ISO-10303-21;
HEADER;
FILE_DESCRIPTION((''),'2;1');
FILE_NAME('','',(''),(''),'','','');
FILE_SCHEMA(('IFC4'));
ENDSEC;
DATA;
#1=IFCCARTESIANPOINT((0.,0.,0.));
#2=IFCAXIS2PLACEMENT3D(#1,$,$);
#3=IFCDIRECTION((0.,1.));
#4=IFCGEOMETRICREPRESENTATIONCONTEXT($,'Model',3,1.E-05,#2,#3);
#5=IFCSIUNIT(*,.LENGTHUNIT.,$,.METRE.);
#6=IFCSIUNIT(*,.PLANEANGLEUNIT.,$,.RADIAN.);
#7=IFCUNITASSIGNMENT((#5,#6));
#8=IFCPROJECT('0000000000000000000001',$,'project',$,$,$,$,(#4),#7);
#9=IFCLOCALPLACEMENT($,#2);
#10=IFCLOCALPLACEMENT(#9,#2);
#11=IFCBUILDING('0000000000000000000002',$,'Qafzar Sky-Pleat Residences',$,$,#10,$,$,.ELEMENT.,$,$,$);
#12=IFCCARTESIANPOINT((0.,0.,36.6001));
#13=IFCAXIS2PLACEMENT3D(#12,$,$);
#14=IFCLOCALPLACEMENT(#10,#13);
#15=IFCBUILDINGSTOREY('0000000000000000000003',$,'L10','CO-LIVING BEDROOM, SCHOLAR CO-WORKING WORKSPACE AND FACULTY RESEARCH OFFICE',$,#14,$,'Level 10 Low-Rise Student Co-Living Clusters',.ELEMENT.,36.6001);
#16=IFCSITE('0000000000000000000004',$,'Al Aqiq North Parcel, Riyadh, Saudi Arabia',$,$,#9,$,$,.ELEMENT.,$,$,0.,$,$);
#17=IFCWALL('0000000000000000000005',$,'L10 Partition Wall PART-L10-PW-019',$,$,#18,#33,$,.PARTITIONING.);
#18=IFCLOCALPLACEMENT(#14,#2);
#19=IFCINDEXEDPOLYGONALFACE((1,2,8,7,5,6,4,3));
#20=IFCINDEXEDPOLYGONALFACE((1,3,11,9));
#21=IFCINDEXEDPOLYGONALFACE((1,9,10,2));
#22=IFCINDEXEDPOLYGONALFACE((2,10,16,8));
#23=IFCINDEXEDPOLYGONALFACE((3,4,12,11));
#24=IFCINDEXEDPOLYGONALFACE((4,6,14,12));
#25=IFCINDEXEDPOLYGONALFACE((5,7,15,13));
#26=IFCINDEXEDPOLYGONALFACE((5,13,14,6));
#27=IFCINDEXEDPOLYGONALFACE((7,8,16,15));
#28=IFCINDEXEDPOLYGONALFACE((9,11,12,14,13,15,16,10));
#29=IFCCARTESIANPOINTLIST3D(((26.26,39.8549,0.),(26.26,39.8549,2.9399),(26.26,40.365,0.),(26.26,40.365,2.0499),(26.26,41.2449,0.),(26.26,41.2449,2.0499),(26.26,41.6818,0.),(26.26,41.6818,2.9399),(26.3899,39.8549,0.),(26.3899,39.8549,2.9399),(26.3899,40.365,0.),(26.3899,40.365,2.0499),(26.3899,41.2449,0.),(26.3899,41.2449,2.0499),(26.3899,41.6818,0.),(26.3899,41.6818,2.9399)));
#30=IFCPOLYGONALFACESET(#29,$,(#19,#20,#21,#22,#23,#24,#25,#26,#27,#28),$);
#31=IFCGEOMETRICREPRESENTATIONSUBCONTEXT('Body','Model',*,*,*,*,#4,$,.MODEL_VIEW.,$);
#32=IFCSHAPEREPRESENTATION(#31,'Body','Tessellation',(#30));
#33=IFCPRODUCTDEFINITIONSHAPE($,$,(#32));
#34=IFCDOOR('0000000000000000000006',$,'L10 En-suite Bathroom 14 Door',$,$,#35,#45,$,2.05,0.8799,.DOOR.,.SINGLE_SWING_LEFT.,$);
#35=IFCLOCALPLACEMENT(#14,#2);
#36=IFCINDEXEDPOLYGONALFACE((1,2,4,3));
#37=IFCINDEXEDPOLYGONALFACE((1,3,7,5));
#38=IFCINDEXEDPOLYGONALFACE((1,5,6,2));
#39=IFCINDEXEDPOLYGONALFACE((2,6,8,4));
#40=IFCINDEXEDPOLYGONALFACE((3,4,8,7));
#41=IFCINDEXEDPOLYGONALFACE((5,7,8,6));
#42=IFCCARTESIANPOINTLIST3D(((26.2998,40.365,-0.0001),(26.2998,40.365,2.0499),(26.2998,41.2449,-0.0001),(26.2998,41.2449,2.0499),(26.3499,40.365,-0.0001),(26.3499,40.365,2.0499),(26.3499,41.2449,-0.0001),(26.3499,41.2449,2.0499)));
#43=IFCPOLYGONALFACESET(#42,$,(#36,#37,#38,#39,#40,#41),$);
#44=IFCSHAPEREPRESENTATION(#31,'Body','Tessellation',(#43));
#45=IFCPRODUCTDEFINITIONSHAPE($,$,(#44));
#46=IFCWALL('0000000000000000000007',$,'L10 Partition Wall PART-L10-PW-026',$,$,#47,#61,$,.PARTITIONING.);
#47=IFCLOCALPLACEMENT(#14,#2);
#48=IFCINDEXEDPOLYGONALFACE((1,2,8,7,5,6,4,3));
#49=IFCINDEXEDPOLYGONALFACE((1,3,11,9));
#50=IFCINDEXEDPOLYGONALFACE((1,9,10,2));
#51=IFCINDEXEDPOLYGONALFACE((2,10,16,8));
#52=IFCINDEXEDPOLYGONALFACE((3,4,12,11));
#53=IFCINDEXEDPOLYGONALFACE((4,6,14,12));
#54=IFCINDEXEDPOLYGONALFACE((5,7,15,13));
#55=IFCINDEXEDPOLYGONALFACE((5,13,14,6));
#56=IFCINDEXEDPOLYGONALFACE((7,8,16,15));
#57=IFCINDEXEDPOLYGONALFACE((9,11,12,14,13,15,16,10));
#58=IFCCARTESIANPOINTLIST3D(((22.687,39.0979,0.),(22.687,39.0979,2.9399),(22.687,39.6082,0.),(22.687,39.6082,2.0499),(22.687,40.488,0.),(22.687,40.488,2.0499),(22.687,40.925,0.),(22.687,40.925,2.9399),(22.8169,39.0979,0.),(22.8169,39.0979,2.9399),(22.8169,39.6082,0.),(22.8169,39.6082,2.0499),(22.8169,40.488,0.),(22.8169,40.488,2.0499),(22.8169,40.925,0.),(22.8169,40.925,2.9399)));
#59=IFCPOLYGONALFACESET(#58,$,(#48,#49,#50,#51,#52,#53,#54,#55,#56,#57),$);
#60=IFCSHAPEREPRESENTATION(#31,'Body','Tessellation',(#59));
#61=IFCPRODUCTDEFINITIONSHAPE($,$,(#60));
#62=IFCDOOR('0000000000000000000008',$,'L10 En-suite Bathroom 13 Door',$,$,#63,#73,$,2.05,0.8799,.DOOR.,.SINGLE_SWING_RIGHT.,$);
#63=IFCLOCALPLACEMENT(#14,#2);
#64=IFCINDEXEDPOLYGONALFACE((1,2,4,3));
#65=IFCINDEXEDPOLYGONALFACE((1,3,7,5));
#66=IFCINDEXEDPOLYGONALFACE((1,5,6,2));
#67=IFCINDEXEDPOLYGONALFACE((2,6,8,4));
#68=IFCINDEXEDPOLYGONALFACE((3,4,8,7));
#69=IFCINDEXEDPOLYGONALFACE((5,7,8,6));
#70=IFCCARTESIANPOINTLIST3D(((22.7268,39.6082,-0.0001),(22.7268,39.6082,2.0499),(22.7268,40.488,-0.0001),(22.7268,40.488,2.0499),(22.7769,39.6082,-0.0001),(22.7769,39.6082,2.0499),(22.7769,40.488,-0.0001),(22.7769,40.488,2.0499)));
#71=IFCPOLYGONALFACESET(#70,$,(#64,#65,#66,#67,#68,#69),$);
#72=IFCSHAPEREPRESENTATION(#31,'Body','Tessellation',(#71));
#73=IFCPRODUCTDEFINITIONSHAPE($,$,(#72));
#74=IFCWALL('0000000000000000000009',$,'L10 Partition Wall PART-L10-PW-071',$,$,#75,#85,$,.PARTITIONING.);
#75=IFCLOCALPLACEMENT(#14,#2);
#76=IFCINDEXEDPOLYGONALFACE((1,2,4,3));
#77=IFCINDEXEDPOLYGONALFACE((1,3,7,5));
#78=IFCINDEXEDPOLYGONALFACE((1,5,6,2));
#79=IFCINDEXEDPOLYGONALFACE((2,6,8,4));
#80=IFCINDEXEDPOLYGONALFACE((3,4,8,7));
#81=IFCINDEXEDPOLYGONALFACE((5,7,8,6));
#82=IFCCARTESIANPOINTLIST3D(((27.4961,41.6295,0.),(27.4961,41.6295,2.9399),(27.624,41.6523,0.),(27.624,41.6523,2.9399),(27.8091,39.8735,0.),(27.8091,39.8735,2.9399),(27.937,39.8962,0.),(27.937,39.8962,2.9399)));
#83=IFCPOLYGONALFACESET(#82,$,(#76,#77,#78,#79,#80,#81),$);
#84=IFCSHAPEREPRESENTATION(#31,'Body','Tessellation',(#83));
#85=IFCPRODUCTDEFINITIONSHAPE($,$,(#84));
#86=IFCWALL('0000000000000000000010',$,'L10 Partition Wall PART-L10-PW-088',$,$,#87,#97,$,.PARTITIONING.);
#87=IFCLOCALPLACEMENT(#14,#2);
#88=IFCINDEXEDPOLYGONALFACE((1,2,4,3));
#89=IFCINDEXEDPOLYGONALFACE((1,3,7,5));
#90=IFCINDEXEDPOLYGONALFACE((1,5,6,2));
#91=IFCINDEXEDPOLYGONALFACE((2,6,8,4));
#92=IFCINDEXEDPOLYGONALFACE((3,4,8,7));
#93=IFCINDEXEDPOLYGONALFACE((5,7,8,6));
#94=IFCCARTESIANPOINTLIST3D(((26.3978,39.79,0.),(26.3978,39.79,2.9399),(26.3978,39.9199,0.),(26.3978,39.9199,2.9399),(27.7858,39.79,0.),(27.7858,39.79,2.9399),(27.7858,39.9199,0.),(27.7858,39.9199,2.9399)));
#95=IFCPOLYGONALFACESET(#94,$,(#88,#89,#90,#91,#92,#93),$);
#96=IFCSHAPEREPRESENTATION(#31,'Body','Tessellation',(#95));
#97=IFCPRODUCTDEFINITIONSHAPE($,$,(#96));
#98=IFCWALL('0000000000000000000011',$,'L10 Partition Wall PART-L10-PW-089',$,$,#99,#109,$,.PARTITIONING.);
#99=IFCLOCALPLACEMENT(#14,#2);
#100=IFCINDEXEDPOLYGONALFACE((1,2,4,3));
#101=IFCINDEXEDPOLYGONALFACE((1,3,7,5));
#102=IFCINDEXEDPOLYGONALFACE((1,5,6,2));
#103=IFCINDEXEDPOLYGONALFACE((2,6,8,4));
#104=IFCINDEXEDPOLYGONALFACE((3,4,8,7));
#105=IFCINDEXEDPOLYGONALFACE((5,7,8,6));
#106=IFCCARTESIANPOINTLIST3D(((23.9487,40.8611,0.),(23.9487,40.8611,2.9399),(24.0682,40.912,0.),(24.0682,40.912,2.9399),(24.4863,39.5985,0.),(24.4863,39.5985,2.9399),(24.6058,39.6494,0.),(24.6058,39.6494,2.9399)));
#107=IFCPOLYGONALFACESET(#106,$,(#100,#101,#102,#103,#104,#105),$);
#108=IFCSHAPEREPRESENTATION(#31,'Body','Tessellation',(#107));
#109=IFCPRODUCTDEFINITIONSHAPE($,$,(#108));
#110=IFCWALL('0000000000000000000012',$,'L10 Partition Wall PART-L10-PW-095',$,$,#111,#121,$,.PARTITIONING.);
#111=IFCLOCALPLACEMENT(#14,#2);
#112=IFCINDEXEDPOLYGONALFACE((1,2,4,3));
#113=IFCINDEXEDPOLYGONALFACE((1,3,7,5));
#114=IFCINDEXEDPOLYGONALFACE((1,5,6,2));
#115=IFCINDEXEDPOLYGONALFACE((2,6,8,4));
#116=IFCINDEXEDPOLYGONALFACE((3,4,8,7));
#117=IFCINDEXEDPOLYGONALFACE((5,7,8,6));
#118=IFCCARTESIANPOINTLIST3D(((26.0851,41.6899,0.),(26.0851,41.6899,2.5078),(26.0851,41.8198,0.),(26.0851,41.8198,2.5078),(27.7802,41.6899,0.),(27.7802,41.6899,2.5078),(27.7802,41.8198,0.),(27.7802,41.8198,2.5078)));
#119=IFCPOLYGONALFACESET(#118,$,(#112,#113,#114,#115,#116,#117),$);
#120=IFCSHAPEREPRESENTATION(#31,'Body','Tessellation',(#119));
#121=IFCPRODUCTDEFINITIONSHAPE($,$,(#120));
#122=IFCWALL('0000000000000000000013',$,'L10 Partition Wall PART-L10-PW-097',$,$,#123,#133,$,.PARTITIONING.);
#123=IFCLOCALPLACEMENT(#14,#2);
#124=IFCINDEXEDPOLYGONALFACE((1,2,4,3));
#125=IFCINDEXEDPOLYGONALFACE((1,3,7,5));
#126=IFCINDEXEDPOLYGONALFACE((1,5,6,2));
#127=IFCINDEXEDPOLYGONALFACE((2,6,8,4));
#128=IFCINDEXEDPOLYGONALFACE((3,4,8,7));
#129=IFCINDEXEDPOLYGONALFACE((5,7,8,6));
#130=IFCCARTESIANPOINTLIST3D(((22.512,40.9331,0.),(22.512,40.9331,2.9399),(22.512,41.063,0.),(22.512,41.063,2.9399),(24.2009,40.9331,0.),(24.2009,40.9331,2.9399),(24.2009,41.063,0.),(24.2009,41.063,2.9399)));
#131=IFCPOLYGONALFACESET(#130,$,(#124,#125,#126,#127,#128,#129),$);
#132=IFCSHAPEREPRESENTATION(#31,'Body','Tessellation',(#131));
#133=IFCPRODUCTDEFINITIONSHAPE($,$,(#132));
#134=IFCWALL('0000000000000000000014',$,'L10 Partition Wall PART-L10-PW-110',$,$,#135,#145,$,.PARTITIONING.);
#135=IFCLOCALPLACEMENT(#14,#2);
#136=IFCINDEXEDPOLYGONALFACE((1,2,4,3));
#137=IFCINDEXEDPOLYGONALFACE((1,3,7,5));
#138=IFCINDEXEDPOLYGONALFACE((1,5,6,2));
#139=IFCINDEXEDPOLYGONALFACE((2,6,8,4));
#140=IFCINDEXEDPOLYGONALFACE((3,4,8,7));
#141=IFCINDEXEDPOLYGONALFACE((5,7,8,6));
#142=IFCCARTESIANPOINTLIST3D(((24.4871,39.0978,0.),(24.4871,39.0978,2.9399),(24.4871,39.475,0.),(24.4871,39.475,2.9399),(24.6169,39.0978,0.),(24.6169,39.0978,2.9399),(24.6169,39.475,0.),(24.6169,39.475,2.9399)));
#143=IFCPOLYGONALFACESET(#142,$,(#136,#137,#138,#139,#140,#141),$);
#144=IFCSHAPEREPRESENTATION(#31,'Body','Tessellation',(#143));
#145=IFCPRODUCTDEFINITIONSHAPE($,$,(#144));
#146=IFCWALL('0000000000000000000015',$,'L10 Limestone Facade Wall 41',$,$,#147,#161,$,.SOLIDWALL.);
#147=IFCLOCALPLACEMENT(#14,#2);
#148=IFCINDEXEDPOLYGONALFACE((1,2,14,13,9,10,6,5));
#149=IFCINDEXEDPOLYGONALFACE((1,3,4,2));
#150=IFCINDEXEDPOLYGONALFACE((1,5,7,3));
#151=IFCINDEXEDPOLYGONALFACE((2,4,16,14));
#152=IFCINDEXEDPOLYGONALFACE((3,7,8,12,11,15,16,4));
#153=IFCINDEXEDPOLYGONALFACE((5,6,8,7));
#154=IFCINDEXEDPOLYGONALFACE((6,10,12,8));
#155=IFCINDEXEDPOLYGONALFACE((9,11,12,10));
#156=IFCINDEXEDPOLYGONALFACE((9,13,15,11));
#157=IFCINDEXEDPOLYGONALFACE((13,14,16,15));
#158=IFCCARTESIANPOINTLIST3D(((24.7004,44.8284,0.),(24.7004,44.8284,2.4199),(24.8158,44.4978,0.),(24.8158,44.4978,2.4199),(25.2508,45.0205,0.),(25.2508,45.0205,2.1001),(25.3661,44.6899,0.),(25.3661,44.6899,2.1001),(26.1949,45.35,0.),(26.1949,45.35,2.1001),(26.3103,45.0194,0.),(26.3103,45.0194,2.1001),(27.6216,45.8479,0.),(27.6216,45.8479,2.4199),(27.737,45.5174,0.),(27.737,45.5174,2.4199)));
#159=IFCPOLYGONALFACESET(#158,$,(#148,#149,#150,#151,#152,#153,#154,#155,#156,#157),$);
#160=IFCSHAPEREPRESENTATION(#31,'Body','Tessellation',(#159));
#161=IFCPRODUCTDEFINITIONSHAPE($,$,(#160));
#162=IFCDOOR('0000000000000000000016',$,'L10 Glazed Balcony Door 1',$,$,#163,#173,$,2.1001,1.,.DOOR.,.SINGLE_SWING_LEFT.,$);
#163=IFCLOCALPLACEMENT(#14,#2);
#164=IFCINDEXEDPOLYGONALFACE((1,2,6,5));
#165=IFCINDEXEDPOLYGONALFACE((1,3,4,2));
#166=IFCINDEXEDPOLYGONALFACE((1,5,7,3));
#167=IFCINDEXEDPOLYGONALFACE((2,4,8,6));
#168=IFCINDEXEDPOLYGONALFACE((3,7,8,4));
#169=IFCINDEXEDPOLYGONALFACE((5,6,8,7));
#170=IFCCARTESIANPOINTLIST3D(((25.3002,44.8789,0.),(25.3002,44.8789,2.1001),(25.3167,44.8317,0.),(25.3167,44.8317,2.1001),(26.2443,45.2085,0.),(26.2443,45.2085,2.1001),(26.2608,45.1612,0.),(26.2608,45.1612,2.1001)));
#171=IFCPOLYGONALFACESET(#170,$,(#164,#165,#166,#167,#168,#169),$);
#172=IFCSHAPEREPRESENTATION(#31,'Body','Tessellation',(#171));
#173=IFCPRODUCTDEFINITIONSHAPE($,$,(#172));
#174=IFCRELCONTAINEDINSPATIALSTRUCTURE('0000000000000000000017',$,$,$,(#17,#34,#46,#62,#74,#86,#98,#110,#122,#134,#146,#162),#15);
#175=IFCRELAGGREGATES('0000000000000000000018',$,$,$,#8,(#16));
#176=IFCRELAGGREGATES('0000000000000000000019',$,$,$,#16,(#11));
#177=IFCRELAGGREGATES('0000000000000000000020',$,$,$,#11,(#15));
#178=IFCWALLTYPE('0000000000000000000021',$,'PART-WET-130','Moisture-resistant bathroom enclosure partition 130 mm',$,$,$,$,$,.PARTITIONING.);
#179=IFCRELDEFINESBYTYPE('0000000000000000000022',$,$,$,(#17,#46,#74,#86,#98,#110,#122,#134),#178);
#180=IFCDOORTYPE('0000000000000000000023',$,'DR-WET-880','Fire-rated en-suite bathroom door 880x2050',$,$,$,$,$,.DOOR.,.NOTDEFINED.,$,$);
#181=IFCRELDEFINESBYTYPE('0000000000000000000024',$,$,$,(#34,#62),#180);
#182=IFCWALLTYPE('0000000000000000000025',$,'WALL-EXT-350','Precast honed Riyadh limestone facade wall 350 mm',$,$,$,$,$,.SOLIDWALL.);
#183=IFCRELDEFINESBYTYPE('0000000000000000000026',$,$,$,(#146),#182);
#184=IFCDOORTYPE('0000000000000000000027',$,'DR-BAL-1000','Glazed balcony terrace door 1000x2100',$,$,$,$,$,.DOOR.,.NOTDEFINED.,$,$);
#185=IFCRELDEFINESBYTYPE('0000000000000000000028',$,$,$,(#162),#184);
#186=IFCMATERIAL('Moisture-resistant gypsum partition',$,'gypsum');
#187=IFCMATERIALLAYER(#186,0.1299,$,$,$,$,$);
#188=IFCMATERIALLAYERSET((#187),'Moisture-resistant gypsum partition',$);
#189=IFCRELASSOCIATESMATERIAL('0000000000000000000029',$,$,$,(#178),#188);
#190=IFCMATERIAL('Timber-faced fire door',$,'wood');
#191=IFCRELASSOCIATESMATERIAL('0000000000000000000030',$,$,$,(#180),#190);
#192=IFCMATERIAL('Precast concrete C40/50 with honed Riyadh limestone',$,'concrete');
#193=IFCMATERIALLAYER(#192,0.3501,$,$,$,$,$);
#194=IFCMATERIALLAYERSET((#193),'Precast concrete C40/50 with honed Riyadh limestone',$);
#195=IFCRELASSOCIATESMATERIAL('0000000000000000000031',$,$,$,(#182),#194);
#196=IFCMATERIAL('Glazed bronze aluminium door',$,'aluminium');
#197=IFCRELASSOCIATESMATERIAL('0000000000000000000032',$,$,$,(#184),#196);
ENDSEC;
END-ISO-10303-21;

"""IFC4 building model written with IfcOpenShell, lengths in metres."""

from ifc_helpers import new_model, si_unit, direction, frame, frame_2d, origin, place, context, subcontext, project, spatial, rectangle, extrude, source, transform, mapped, material, layer, layer_set, type_object, element, fill, save


model = new_model("IFC4")

# Units and contexts
model_context = context("Model", 3, precision=1e-05, world=origin(), true_north=direction((0.0, 1.0)))
body_context = subcontext(model_context, "Body", "Model", "MODEL_VIEW")
ifc_project = project(units=[si_unit("LENGTHUNIT", "METRE"), si_unit("PLANEANGLEUNIT", "RADIAN")], contexts=[model_context])

# Site, building, storey
site_placement = place(None, origin())
site = spatial("IfcSite", under=ifc_project, at=site_placement, Name="Al Aqiq North Parcel, Riyadh, Saudi Arabia", CompositionType="ELEMENT", RefElevation=0.0)
building_placement = place(site_placement, origin())
building = spatial("IfcBuilding", under=site, at=building_placement, Name="Qafzar Sky-Pleat Residences", CompositionType="ELEMENT")
storey_placement = place(building_placement, frame((0.0, 0.0, 36.6001)))
storey = spatial("IfcBuildingStorey", under=building, at=storey_placement, Name="L10", Description="CO-LIVING BEDROOM, SCHOLAR CO-WORKING WORKSPACE AND FACULTY RESEARCH OFFICE", LongName="Level 10 Low-Rise Student Co-Living Clusters", CompositionType="ELEMENT", Elevation=36.6001)

# Walls, openings, doors
ifc_material_1 = material(Name="Moisture-resistant gypsum partition", Category="gypsum")
ifc_layer_1 = layer(ifc_material_1, 0.1299)
ifc_layer_set_1 = layer_set([ifc_layer_1], Name="Moisture-resistant gypsum partition")
wall_type_1 = type_object("IfcWallType", Name="PART-WET-130", Description="Moisture-resistant bathroom enclosure partition 130 mm", PredefinedType="PARTITIONING", material=ifc_layer_set_1)
wall_1_placement = place(storey_placement, frame((26.325, 41.6819, 0.0), z_axis=(0.0, 0.0, 1.0), x_axis=(0.0, -1.0, 0.0)))
wall_1 = element("IfcWall", 1, at=wall_1_placement, inside=storey, type_object=wall_type_1, Name="L10 Partition Wall PART-L10-PW-019", PredefinedType="PARTITIONING", context=body_context, shape_type="SweptSolid", body=[
    extrude(rectangle(XDim=1.8269, YDim=0.1299, at=frame_2d((0.9136, 0.0))), origin(), (0.0, 0.0, 1.0), 2.9399),
])
opening_1_placement = place(wall_1_placement, frame((0.437, 0.0, 0.0)))
opening_1 = element("IfcOpeningElement", 2, at=opening_1_placement, cuts=wall_1, PredefinedType="OPENING", context=body_context, shape_type="SweptSolid", body=[
    extrude(rectangle(XDim=0.8799, YDim=2.05, at=frame_2d((0.4399, 1.0249))), frame((0.0, 0.075, 0.0), z_axis=(0.0, -1.0, 0.0), x_axis=(1.0, 0.0, 0.0)), (0.0, 0.0, 1.0), 0.1499),
])
ifc_material_2 = material(Name="Timber-faced fire door", Category="wood")
door_type_1 = type_object("IfcDoorType", Name="DR-WET-880", Description="Fire-rated en-suite bathroom door 880x2050", OperationType="NOTDEFINED", PredefinedType="DOOR", material=ifc_material_2)
shared_shape_1 = source(origin(), body_context, "Body", "SweptSolid", [
    extrude(rectangle(XDim=0.8799, YDim=2.05, at=frame_2d((0.4399, 1.0249))), frame((0.0, 0.0249, 0.0), z_axis=(0.0, -1.0, 0.0), x_axis=(1.0, 0.0, 0.0)), (0.0, 0.0, 1.0), 0.05),
])
door_1_placement = place(opening_1_placement, origin())
door_1 = element("IfcDoor", 3, at=door_1_placement, inside=storey, type_object=door_type_1, Name="L10 En-suite Bathroom 14 Door", OperationType="SINGLE_SWING_LEFT", OverallHeight=2.05, OverallWidth=0.8799, PredefinedType="DOOR", context=body_context, shape_type="MappedRepresentation", body=[
    mapped(shared_shape_1, transform((0.0, 0.0, 0.0), x_axis=(1.0, 0.0, 0.0), y_axis=(0.0, 1.0, 0.0), z_axis=(0.0, 0.0, 1.0), scale=1.0)),
])
fill(opening_1, door_1)
wall_2_placement = place(storey_placement, frame((22.752, 40.925, 0.0), z_axis=(0.0, 0.0, 1.0), x_axis=(0.0, -1.0, 0.0)))
wall_2 = element("IfcWall", 4, at=wall_2_placement, inside=storey, type_object=wall_type_1, Name="L10 Partition Wall PART-L10-PW-026", PredefinedType="PARTITIONING", context=body_context, shape_type="SweptSolid", body=[
    extrude(rectangle(XDim=1.8271, YDim=0.1299, at=frame_2d((0.9136, 0.0))), origin(), (0.0, 0.0, 1.0), 2.9399),
])
opening_2_placement = place(wall_2_placement, frame((0.437, 0.0, 0.0)))
opening_2 = element("IfcOpeningElement", 5, at=opening_2_placement, cuts=wall_2, PredefinedType="OPENING", context=body_context, shape_type="SweptSolid", body=[
    extrude(rectangle(XDim=0.8799, YDim=2.05, at=frame_2d((0.4399, 1.0249))), frame((0.0, 0.075, 0.0), z_axis=(0.0, -1.0, 0.0), x_axis=(1.0, 0.0, 0.0)), (0.0, 0.0, 1.0), 0.1499),
])
door_2_placement = place(opening_2_placement, origin())
door_2 = element("IfcDoor", 6, at=door_2_placement, inside=storey, type_object=door_type_1, Name="L10 En-suite Bathroom 13 Door", OperationType="SINGLE_SWING_RIGHT", OverallHeight=2.05, OverallWidth=0.8799, PredefinedType="DOOR", context=body_context, shape_type="MappedRepresentation", body=[
    mapped(shared_shape_1, transform((0.0, 0.0, 0.0), x_axis=(1.0, 0.0, 0.0), y_axis=(0.0, 1.0, 0.0), z_axis=(0.0, 0.0, 1.0), scale=1.0)),
])
fill(opening_2, door_2)

# Walls
wall_3_placement = place(storey_placement, frame((27.5601, 41.6409, 0.0), z_axis=(0.0, 0.0, 1.0), x_axis=(0.175464, -0.984486, 0.0)))
element("IfcWall", 7, at=wall_3_placement, inside=storey, type_object=wall_type_1, Name="L10 Partition Wall PART-L10-PW-071", PredefinedType="PARTITIONING", context=body_context, shape_type="SweptSolid", body=[
    extrude(rectangle(XDim=1.7837, YDim=0.1299, at=frame_2d((0.8918, 0.0))), origin(), (0.0, 0.0, 1.0), 2.9399),
])
wall_4_placement = place(storey_placement, frame((26.3979, 39.855, 0.0), z_axis=(0.0, 0.0, 1.0), x_axis=(1.0, 0.0, 0.0)))
element("IfcWall", 8, at=wall_4_placement, inside=storey, type_object=wall_type_1, Name="L10 Partition Wall PART-L10-PW-088", PredefinedType="PARTITIONING", context=body_context, shape_type="SweptSolid", body=[
    extrude(rectangle(XDim=1.3879, YDim=0.1299, at=frame_2d((0.6938, 0.0))), origin(), (0.0, 0.0, 1.0), 2.9399),
])
wall_5_placement = place(storey_placement, frame((24.0085, 40.8865, 0.0), z_axis=(0.0, 0.0, 1.0), x_axis=(0.391728, -0.920081, 0.0)))
element("IfcWall", 9, at=wall_5_placement, inside=storey, type_object=wall_type_1, Name="L10 Partition Wall PART-L10-PW-089", PredefinedType="PARTITIONING", context=body_context, shape_type="SweptSolid", body=[
    extrude(rectangle(XDim=1.3723, YDim=0.1299, at=frame_2d((0.686, 0.0))), origin(), (0.0, 0.0, 1.0), 2.9399),
])
wall_6_placement = place(storey_placement, frame((26.085, 41.7549, 0.0), z_axis=(0.0, 0.0, 1.0), x_axis=(1.0, 0.0, 0.0)))
element("IfcWall", 10, at=wall_6_placement, inside=storey, type_object=wall_type_1, Name="L10 Partition Wall PART-L10-PW-095", PredefinedType="PARTITIONING", context=body_context, shape_type="SweptSolid", body=[
    extrude(rectangle(XDim=1.6951, YDim=0.1299, at=frame_2d((0.8477, 0.0))), origin(), (0.0, 0.0, 1.0), 2.5078),
])
wall_7_placement = place(storey_placement, frame((22.512, 40.998, 0.0), z_axis=(0.0, 0.0, 1.0), x_axis=(1.0, 0.0, 0.0)))
element("IfcWall", 11, at=wall_7_placement, inside=storey, type_object=wall_type_1, Name="L10 Partition Wall PART-L10-PW-097", PredefinedType="PARTITIONING", context=body_context, shape_type="SweptSolid", body=[
    extrude(rectangle(XDim=1.689, YDim=0.1299, at=frame_2d((0.8445, 0.0))), origin(), (0.0, 0.0, 1.0), 2.9399),
])
wall_8_placement = place(storey_placement, frame((24.552, 39.0979, 0.0), z_axis=(0.0, 0.0, 1.0), x_axis=(0.0, 1.0, 0.0)))
element("IfcWall", 12, at=wall_8_placement, inside=storey, type_object=wall_type_1, Name="L10 Partition Wall PART-L10-PW-110", PredefinedType="PARTITIONING", context=body_context, shape_type="SweptSolid", body=[
    extrude(rectangle(XDim=0.3772, YDim=0.1299, at=frame_2d((0.1885, 0.0))), origin(), (0.0, 0.0, 1.0), 2.9399),
])

# Wall, opening, door
ifc_material_3 = material(Name="Precast concrete C40/50 with honed Riyadh limestone", Category="concrete")
ifc_layer_2 = layer(ifc_material_3, 0.3501)
ifc_layer_set_2 = layer_set([ifc_layer_2], Name="Precast concrete C40/50 with honed Riyadh limestone")
wall_type_2 = type_object("IfcWallType", Name="WALL-EXT-350", Description="Precast honed Riyadh limestone facade wall 350 mm", PredefinedType="SOLIDWALL", material=ifc_layer_set_2)
wall_9_placement = place(storey_placement, frame((27.6792, 45.6826, 0.0), z_axis=(0.0, 0.0, 1.0), x_axis=(-0.944147, -0.329524, 0.0)))
wall_9 = element("IfcWall", 13, at=wall_9_placement, inside=storey, type_object=wall_type_2, Name="L10 Limestone Facade Wall 41", PredefinedType="SOLIDWALL", context=body_context, shape_type="SweptSolid", body=[
    extrude(rectangle(XDim=3.094, YDim=0.3501, at=frame_2d((1.5469, 0.0))), origin(), (0.0, 0.0, 1.0), 2.4199),
])
opening_3_placement = place(wall_9_placement, frame((1.511, 0.0, 0.0)))
opening_3 = element("IfcOpeningElement", 14, at=opening_3_placement, cuts=wall_9, PredefinedType="OPENING", context=body_context, shape_type="SweptSolid", body=[
    extrude(rectangle(XDim=1.0, YDim=2.1001, at=frame_2d((0.5, 1.05))), frame((0.0, 0.1851, 0.0), z_axis=(0.0, -1.0, 0.0), x_axis=(1.0, 0.0, 0.0)), (0.0, 0.0, 1.0), 0.3701),
])
ifc_material_4 = material(Name="Glazed bronze aluminium door", Category="aluminium")
door_type_2 = type_object("IfcDoorType", Name="DR-BAL-1000", Description="Glazed balcony terrace door 1000x2100", OperationType="NOTDEFINED", PredefinedType="DOOR", material=ifc_material_4)
shared_shape_2 = source(origin(), body_context, "Body", "SweptSolid", [
    extrude(rectangle(XDim=1.0, YDim=2.1001, at=frame_2d((0.5, 1.05))), frame((0.0, 0.0249, 0.0), z_axis=(0.0, -1.0, 0.0), x_axis=(1.0, 0.0, 0.0)), (0.0, 0.0, 1.0), 0.05),
])
door_3_placement = place(opening_3_placement, origin())
door_3 = element("IfcDoor", 15, at=door_3_placement, inside=storey, type_object=door_type_2, Name="L10 Glazed Balcony Door 1", OperationType="SINGLE_SWING_LEFT", OverallHeight=2.1001, OverallWidth=1.0, PredefinedType="DOOR", context=body_context, shape_type="MappedRepresentation", body=[
    mapped(shared_shape_2, transform((0.0, 0.0, 0.0), x_axis=(1.0, 0.0, 0.0), y_axis=(0.0, 1.0, 0.0), z_axis=(0.0, 0.0, 1.0), scale=1.0)),
])
fill(opening_3, door_3)

save(model, "model.ifc")
